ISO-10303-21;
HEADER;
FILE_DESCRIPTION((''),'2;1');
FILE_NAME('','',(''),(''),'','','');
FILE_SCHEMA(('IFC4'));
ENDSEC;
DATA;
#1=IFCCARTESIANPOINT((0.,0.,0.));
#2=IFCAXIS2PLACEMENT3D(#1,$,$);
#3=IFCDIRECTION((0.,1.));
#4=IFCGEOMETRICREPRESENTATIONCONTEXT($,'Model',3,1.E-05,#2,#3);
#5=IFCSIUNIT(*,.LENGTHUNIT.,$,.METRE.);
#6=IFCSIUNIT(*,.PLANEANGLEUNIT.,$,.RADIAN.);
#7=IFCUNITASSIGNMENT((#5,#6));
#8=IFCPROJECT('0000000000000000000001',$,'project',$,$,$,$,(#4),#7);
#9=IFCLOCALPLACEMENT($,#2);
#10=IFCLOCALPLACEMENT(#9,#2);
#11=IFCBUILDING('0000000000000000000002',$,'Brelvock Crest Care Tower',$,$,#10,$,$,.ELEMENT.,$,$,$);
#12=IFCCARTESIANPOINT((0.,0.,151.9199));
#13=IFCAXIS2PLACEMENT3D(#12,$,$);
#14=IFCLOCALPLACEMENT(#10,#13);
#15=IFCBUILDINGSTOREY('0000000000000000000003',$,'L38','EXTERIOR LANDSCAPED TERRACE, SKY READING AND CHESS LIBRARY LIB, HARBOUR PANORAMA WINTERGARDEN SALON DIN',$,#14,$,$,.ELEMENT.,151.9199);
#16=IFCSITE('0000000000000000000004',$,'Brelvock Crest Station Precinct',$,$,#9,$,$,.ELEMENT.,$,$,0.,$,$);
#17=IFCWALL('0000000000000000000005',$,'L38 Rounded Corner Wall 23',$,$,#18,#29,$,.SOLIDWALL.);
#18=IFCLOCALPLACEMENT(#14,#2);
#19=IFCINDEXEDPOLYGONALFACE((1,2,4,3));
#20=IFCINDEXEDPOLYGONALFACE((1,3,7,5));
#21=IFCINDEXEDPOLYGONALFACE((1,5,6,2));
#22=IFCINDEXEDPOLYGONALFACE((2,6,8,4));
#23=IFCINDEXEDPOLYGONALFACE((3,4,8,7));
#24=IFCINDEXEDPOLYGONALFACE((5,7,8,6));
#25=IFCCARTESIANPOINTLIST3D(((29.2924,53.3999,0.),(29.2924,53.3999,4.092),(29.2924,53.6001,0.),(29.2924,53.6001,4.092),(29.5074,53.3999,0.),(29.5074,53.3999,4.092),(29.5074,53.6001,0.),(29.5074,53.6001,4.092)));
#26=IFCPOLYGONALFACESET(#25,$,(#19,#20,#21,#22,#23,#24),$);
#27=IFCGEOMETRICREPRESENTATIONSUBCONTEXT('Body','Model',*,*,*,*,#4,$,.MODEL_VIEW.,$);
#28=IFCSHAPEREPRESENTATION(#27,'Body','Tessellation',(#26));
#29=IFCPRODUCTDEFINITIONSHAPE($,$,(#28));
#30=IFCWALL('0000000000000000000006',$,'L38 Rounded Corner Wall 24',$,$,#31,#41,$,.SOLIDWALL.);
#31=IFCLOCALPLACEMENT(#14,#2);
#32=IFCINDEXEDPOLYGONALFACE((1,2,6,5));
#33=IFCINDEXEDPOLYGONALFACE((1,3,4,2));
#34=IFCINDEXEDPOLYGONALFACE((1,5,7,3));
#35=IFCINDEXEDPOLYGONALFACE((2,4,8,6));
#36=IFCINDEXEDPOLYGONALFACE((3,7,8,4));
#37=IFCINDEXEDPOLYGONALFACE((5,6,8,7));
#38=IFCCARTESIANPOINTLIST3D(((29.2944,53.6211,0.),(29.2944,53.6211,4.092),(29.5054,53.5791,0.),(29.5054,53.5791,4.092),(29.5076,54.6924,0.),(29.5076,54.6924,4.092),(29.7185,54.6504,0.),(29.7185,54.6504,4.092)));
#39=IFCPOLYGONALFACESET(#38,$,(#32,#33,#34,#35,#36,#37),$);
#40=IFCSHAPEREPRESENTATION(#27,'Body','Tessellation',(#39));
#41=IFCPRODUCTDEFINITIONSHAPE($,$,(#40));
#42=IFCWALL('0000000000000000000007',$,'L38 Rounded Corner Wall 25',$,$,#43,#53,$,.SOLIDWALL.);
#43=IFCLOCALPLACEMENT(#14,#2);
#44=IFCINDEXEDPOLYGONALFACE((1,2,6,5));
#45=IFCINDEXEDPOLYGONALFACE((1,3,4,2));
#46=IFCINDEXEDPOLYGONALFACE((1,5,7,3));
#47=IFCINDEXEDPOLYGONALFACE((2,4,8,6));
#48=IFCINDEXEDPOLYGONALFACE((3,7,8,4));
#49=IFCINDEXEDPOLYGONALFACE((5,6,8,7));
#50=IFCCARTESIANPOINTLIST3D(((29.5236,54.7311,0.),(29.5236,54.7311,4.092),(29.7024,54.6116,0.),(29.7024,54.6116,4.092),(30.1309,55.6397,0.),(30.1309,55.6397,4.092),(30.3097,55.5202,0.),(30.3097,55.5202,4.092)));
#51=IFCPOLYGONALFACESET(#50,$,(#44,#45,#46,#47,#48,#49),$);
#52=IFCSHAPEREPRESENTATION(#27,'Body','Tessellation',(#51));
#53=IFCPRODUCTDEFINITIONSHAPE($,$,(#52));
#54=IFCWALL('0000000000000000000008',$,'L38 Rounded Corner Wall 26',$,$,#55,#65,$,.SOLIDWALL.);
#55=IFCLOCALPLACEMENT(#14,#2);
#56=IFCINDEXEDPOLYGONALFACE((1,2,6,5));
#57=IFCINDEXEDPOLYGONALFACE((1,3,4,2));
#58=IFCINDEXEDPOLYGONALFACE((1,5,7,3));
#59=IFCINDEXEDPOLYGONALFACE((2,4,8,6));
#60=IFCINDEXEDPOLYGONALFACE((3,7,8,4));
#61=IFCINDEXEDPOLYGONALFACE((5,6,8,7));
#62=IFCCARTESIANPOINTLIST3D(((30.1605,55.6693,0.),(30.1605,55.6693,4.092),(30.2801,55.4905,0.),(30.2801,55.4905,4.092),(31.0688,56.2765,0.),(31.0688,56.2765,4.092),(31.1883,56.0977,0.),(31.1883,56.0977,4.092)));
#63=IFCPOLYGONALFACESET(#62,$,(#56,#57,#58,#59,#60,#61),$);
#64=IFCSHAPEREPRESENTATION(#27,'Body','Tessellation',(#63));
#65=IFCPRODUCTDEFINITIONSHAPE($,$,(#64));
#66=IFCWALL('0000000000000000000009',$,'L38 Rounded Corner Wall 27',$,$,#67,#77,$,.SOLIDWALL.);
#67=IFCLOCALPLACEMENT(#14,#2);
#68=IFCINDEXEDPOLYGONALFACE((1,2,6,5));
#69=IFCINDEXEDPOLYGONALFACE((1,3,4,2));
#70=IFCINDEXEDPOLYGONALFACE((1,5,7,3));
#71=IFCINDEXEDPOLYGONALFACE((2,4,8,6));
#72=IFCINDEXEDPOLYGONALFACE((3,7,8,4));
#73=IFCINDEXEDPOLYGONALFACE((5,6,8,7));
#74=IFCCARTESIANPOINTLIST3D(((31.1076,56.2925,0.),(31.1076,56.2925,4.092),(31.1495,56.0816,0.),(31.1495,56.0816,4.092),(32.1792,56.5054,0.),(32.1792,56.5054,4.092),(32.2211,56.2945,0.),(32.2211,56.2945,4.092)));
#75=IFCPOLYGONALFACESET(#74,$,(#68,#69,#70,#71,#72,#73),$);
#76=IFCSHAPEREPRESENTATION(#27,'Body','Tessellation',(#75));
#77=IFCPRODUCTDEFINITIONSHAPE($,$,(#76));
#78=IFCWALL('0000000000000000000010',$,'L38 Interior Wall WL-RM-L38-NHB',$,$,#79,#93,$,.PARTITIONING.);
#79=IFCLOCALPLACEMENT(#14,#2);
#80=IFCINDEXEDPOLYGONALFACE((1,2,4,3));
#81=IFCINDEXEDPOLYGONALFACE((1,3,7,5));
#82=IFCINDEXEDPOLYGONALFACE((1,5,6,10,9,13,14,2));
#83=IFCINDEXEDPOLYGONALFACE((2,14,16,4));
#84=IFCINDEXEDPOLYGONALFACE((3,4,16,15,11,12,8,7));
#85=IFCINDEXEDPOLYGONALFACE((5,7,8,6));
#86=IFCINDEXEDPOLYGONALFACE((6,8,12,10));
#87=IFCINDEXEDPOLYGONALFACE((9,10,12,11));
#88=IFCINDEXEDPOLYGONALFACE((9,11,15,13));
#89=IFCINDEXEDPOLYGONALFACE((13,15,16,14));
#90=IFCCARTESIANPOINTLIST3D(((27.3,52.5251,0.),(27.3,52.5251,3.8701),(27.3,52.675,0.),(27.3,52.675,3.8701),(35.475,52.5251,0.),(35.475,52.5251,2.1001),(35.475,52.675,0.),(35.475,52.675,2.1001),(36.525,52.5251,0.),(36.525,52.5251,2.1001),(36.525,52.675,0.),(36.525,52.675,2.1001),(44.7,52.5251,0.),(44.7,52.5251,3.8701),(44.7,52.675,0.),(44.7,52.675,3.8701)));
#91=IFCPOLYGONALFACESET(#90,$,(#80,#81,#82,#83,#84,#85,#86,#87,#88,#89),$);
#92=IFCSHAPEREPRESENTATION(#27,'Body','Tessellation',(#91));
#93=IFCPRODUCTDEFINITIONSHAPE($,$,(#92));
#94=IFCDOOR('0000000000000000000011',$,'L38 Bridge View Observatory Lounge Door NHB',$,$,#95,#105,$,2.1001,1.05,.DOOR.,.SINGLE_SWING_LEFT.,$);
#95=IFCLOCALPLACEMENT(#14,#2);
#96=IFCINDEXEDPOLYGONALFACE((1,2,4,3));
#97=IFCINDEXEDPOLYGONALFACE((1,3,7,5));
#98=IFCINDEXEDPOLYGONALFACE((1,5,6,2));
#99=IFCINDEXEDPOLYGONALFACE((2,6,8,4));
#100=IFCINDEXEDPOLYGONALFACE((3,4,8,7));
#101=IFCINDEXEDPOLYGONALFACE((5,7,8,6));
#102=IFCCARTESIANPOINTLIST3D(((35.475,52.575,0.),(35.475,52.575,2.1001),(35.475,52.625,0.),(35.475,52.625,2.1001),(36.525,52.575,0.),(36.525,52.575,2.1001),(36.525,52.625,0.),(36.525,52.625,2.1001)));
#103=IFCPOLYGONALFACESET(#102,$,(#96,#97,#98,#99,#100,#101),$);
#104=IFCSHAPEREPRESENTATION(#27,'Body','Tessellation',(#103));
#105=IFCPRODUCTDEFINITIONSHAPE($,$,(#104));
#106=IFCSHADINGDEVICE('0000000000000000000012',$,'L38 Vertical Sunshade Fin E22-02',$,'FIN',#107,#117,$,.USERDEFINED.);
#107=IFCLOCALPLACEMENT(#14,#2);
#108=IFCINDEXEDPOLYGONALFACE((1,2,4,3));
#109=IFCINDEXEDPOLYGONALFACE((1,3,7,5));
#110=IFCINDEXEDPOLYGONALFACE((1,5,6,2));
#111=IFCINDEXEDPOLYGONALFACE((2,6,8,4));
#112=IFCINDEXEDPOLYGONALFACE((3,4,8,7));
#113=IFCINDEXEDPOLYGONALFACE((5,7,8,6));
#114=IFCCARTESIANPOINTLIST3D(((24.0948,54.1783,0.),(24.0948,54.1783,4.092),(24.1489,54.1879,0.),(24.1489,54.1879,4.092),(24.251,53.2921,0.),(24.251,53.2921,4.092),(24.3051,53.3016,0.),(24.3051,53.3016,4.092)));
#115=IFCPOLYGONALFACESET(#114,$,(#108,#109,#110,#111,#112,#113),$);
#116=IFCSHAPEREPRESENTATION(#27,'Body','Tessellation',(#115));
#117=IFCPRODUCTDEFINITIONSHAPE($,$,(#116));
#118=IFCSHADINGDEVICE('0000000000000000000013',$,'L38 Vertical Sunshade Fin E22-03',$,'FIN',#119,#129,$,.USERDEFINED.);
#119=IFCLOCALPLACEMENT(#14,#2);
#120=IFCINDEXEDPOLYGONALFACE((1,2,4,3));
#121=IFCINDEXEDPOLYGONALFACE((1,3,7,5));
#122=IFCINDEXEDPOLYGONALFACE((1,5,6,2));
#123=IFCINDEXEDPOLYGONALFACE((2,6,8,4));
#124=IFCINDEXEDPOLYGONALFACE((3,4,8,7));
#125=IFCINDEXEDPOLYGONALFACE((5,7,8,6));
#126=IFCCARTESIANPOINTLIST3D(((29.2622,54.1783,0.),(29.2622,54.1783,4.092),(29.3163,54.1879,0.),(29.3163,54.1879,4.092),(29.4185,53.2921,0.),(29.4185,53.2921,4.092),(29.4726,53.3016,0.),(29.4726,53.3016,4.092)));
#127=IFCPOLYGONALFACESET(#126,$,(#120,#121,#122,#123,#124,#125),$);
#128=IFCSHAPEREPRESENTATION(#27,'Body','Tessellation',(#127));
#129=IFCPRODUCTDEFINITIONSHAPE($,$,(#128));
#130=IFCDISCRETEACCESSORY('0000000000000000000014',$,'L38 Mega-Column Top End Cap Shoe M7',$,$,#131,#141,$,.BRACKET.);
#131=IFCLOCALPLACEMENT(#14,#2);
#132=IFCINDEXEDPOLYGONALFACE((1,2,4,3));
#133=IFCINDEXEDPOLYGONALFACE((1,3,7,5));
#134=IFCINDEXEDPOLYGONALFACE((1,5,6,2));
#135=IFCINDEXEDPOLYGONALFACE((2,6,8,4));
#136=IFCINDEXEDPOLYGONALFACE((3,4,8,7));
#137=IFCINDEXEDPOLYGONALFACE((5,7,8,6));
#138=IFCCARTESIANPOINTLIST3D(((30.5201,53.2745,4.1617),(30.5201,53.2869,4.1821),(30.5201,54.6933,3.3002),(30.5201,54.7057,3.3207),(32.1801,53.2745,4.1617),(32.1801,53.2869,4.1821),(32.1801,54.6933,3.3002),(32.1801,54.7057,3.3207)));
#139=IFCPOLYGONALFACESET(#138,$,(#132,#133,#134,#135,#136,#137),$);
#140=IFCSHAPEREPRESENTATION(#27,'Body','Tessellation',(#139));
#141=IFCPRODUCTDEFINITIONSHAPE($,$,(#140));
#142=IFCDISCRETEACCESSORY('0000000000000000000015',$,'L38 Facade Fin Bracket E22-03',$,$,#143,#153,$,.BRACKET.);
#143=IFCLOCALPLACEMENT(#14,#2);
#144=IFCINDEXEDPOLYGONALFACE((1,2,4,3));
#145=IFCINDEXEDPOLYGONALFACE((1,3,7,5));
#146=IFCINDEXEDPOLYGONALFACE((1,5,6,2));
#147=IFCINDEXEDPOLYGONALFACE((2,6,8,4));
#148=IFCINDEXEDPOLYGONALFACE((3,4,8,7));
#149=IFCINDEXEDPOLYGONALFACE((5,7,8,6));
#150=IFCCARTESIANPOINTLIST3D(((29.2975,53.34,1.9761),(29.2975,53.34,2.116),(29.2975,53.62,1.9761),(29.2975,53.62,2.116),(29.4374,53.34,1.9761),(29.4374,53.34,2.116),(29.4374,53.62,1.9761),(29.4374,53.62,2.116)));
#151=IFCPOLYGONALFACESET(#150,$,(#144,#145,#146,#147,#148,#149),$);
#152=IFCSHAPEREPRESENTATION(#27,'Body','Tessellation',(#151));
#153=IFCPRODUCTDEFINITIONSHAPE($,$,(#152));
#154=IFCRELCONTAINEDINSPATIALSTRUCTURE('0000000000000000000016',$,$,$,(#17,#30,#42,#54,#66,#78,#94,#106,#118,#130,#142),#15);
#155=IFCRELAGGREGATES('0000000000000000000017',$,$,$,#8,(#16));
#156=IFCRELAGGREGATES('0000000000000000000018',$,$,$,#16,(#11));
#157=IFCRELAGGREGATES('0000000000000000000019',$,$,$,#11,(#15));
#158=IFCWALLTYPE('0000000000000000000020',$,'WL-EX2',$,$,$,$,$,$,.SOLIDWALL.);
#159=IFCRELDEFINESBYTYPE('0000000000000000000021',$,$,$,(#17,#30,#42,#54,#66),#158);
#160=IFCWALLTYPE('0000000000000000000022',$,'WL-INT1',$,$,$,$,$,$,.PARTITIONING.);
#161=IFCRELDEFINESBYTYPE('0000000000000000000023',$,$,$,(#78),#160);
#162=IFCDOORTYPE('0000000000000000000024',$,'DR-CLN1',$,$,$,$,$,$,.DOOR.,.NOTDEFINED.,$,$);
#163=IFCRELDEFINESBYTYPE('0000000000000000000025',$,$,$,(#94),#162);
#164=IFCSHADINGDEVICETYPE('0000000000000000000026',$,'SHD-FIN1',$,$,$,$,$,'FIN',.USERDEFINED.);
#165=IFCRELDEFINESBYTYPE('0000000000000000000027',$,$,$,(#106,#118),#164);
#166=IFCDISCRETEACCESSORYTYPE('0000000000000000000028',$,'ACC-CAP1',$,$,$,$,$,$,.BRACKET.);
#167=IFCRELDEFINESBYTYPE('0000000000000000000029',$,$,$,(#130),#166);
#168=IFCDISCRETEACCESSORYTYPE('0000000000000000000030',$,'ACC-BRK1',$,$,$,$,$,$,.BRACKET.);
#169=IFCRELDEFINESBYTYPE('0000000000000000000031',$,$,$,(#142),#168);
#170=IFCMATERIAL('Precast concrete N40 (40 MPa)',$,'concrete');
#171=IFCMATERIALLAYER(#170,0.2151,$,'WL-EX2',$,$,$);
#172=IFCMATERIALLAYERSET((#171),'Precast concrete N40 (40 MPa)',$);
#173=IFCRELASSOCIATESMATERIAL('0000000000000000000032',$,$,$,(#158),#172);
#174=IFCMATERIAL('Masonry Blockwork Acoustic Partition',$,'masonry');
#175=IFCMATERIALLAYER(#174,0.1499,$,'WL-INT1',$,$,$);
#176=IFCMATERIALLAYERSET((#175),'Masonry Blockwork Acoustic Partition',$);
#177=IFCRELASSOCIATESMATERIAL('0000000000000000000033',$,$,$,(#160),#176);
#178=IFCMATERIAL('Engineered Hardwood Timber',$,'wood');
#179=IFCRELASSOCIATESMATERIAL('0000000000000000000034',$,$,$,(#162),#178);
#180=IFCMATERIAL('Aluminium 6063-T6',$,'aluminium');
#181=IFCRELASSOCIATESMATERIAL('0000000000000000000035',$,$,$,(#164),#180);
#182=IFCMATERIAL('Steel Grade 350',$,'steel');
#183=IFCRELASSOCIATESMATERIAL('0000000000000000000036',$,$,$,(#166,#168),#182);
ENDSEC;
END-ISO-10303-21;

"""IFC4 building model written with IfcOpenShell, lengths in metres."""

from ifc_helpers import new_model, si_unit, direction, frame, frame_2d, origin, origin_2d, place, context, subcontext, project, spatial, rectangle, extrude, source, transform, mapped, material, layer, layer_set, material_profile, profile_set, type_object, element, fill, save


model = new_model("IFC4")

# Units and contexts
model_context = context("Model", 3, precision=1e-05, world=origin(), true_north=direction((0.0, 1.0)))
body_context = subcontext(model_context, "Body", "Model", "MODEL_VIEW")
ifc_project = project(units=[si_unit("LENGTHUNIT", "METRE"), si_unit("PLANEANGLEUNIT", "RADIAN")], contexts=[model_context])

# Site, building, storey
site_placement = place(None, origin())
site = spatial("IfcSite", under=ifc_project, at=site_placement, Name="Brelvock Crest Station Precinct", CompositionType="ELEMENT", RefElevation=0.0)
building_placement = place(site_placement, origin())
building = spatial("IfcBuilding", under=site, at=building_placement, Name="Brelvock Crest Care Tower", CompositionType="ELEMENT")
storey_placement = place(building_placement, frame((0.0, 0.0, 151.9199)))
storey = spatial("IfcBuildingStorey", under=building, at=storey_placement, Name="L38", Description="EXTERIOR LANDSCAPED TERRACE, SKY READING AND CHESS LIBRARY LIB, HARBOUR PANORAMA WINTERGARDEN SALON DIN", CompositionType="ELEMENT", Elevation=151.9199)

# Shared definitions
ifc_material_1 = material(Name="Steel Grade 350", Category="steel")

# Shared definitions
ifc_material_2 = material(Name="Aluminium 6063-T6", Category="aluminium")

# Walls
ifc_material_3 = material(Name="Precast concrete N40 (40 MPa)", Category="concrete")
ifc_layer_1 = layer(ifc_material_3, 0.2151, Name="WL-EX2")
ifc_layer_set_1 = layer_set([ifc_layer_1], Name="Precast concrete N40 (40 MPa)")
wall_type_1 = type_object("IfcWallType", Name="WL-EX2", PredefinedType="SOLIDWALL", material=ifc_layer_set_1)
wall_1_placement = place(storey_placement, frame((29.3999, 53.3999, 0.0), z_axis=(0.0, 0.0, 1.0), x_axis=(0.0, 1.0, 0.0)))
element("IfcWall", 1, at=wall_1_placement, inside=storey, type_object=wall_type_1, Name="L38 Rounded Corner Wall 23", PredefinedType="SOLIDWALL", context=body_context, shape_type="SweptSolid", body=[
    extrude(rectangle(XDim=0.2002, YDim=0.2151, at=frame_2d((0.1001, 0.0))), origin(), (0.0, 0.0, 1.0), 4.092),
])
wall_2_placement = place(storey_placement, frame((29.3999, 53.6001, 0.0), z_axis=(0.0, 0.0, 1.0), x_axis=(0.195127, 0.980778, 0.0)))
element("IfcWall", 2, at=wall_2_placement, inside=storey, type_object=wall_type_1, Name="L38 Rounded Corner Wall 24", PredefinedType="SOLIDWALL", context=body_context, shape_type="SweptSolid", body=[
    extrude(rectangle(XDim=1.0923, YDim=0.2151, at=frame_2d((0.5461, 0.0))), origin(), (0.0, 0.0, 1.0), 4.092),
])
wall_3_placement = place(storey_placement, frame((29.613, 54.6714, 0.0), z_axis=(0.0, 0.0, 1.0), x_axis=(0.555679, 0.831397, 0.0)))
element("IfcWall", 3, at=wall_3_placement, inside=storey, type_object=wall_type_1, Name="L38 Rounded Corner Wall 25", PredefinedType="SOLIDWALL", context=body_context, shape_type="SweptSolid", body=[
    extrude(rectangle(XDim=1.0928, YDim=0.2151, at=frame_2d((0.5464, 0.0))), origin(), (0.0, 0.0, 1.0), 4.092),
])
for number, where, z_axis, x_axis, name in (
    (4, (30.2202, 55.5798, 0.0), (0.0, 0.0, 1.0), (0.831328, 0.555783, 0.0), "L38 Rounded Corner Wall 26"),
    (5, (31.1284, 56.187, 0.0), (0.0, 0.0, 1.0), (0.980829, 0.19487, 0.0), "L38 Rounded Corner Wall 27"),
):
    element("IfcWall", number, at=place(storey_placement, frame(where, z_axis=z_axis, x_axis=x_axis)), inside=storey, type_object=wall_type_1, Name=name, PredefinedType="SOLIDWALL", context=body_context, shape_type="SweptSolid", body=[
        extrude(rectangle(XDim=1.0925, YDim=0.2151, at=frame_2d((0.5464, 0.0))), origin(), (0.0, 0.0, 1.0), 4.092),
    ])

# Wall, opening, door
ifc_material_4 = material(Name="Masonry Blockwork Acoustic Partition", Category="masonry")
ifc_layer_2 = layer(ifc_material_4, 0.1499, Name="WL-INT1")
ifc_layer_set_2 = layer_set([ifc_layer_2], Name="Masonry Blockwork Acoustic Partition")
wall_type_2 = type_object("IfcWallType", Name="WL-INT1", PredefinedType="PARTITIONING", material=ifc_layer_set_2)
wall_4_placement = place(storey_placement, frame((27.3, 52.6001, 0.0), z_axis=(0.0, 0.0, 1.0), x_axis=(1.0, 0.0, 0.0)))
wall_4 = element("IfcWall", 6, at=wall_4_placement, inside=storey, type_object=wall_type_2, Name="L38 Interior Wall WL-RM-L38-NHB", PredefinedType="PARTITIONING", context=body_context, shape_type="SweptSolid", body=[
    extrude(rectangle(XDim=17.3999, YDim=0.1499, at=frame_2d((8.7, 0.0))), origin(), (0.0, 0.0, 1.0), 3.8701),
])
opening_placement = place(wall_4_placement, frame((8.175, 0.0, 0.0)))
opening = element("IfcOpeningElement", 7, at=opening_placement, cuts=wall_4, PredefinedType="OPENING", context=body_context, shape_type="SweptSolid", body=[
    extrude(rectangle(XDim=1.05, YDim=2.1001, at=origin_2d()), frame((0.5249, 0.085, 1.05), z_axis=(0.0, -1.0, 0.0), x_axis=(1.0, 0.0, 0.0)), (0.0, 0.0, 1.0), 0.1699),
])
ifc_material_5 = material(Name="Engineered Hardwood Timber", Category="wood")
door_type = type_object("IfcDoorType", Name="DR-CLN1", OperationType="NOTDEFINED", PredefinedType="DOOR", material=ifc_material_5)
shared_shape_1 = source(origin(), body_context, "Body", "SweptSolid", [
    extrude(rectangle(XDim=1.05, YDim=2.1001, at=origin_2d()), frame((0.5249, 0.0249, 1.05), z_axis=(0.0, -1.0, 0.0), x_axis=(1.0, 0.0, 0.0)), (0.0, 0.0, 1.0), 0.05),
])
door_placement = place(opening_placement, origin())
door = element("IfcDoor", 8, at=door_placement, inside=storey, type_object=door_type, Name="L38 Bridge View Observatory Lounge Door NHB", OperationType="SINGLE_SWING_LEFT", OverallHeight=2.1001, OverallWidth=1.05, PredefinedType="DOOR", context=body_context, shape_type="MappedRepresentation", body=[
    mapped(shared_shape_1, transform((0.0, 0.0, 0.0), x_axis=(1.0, 0.0, 0.0), y_axis=(0.0, 1.0, 0.0), z_axis=(0.0, 0.0, 1.0), scale=1.0)),
])
fill(opening, door)

# Shading devices
ifc_material_profile_1 = material_profile(ifc_material_2, rectangle(XDim=0.0549, YDim=0.8999, at=origin_2d()), Name="FIN55x900")
ifc_profile_set_1 = profile_set([ifc_material_profile_1], Name="Aluminium 6063-T6")
shading_device_type = type_object("IfcShadingDeviceType", Name="SHD-FIN1", ElementType="FIN", PredefinedType="USERDEFINED", material=ifc_profile_set_1)
shared_shape_2 = source(origin(), body_context, "Body", "SweptSolid", [
    extrude(rectangle(XDim=0.0549, YDim=0.8999, at=origin_2d()), origin(), (0.0, 0.0, 1.0), 4.092),
])
for number, where, z_axis, x_axis, name in (
    (9, (24.2, 53.74, 0.0), (0.0, 0.0, 1.0), (0.984808, 0.173648, 0.0), "L38 Vertical Sunshade Fin E22-02"),
    (10, (29.3674, 53.74, 0.0), (0.0, 0.0, 1.0), (0.984808, 0.173648, 0.0), "L38 Vertical Sunshade Fin E22-03"),
):
    element("IfcShadingDevice", number, at=place(storey_placement, frame(where, z_axis=z_axis, x_axis=x_axis)), inside=storey, type_object=shading_device_type, Name=name, ObjectType="FIN", PredefinedType="USERDEFINED", context=body_context, shape_type="MappedRepresentation", body=[
        mapped(shared_shape_2, transform((0.0, 0.0, 0.0), x_axis=(1.0, 0.0, 0.0), y_axis=(0.0, 1.0, 0.0), z_axis=(0.0, 0.0, 1.0), scale=1.0)),
    ])

# Discrete accessories
ifc_material_profile_2 = material_profile(ifc_material_1, rectangle(XDim=1.6599, YDim=1.6599, at=origin_2d()), Name="ACC-CAP1")
ifc_profile_set_2 = profile_set([ifc_material_profile_2], Name="Steel Grade 350")
discrete_accessory_type_1 = type_object("IfcDiscreteAccessoryType", Name="ACC-CAP1", PredefinedType="BRACKET", material=ifc_profile_set_2)
shared_shape_3 = source(origin(), body_context, "Body", "SweptSolid", [
    extrude(rectangle(XDim=1.6599, YDim=1.6599, at=origin_2d()), origin(), (0.0, 0.0, 1.0), 0.0239),
])
discrete_accessory_1_placement = place(storey_placement, frame((31.3501, 53.9839, 3.731), z_axis=(0.0, 0.518978, 0.854788), x_axis=(-1.0, 0.0, 0.0)))
element("IfcDiscreteAccessory", 11, at=discrete_accessory_1_placement, inside=storey, type_object=discrete_accessory_type_1, Name="L38 Mega-Column Top End Cap Shoe M7", PredefinedType="BRACKET", context=body_context, shape_type="MappedRepresentation", body=[
    mapped(shared_shape_3, transform((0.0, 0.0, 0.0), x_axis=(1.0, 0.0, 0.0), y_axis=(0.0, 1.0, 0.0), z_axis=(0.0, 0.0, 1.0), scale=1.0)),
])
discrete_accessory_type_2 = type_object("IfcDiscreteAccessoryType", Name="ACC-BRK1", PredefinedType="BRACKET", material=ifc_material_1)
shared_shape_4 = source(origin(), body_context, "Body", "SweptSolid", [
    extrude(rectangle(XDim=0.28, YDim=0.1399, at=origin_2d()), origin(), (0.0, 0.0, 1.0), 0.1399),
])
discrete_accessory_2_placement = place(storey_placement, frame((29.3674, 53.48, 1.9761), z_axis=(0.0, 0.0, 1.0), x_axis=(0.0, 1.0, 0.0)))
element("IfcDiscreteAccessory", 12, at=discrete_accessory_2_placement, inside=storey, type_object=discrete_accessory_type_2, Name="L38 Facade Fin Bracket E22-03", PredefinedType="BRACKET", context=body_context, shape_type="MappedRepresentation", body=[
    mapped(shared_shape_4, transform((0.0, 0.0, 0.0), x_axis=(1.0, 0.0, 0.0), y_axis=(0.0, 1.0, 0.0), z_axis=(0.0, 0.0, 1.0), scale=1.0)),
])

save(model, "model.ifc")
